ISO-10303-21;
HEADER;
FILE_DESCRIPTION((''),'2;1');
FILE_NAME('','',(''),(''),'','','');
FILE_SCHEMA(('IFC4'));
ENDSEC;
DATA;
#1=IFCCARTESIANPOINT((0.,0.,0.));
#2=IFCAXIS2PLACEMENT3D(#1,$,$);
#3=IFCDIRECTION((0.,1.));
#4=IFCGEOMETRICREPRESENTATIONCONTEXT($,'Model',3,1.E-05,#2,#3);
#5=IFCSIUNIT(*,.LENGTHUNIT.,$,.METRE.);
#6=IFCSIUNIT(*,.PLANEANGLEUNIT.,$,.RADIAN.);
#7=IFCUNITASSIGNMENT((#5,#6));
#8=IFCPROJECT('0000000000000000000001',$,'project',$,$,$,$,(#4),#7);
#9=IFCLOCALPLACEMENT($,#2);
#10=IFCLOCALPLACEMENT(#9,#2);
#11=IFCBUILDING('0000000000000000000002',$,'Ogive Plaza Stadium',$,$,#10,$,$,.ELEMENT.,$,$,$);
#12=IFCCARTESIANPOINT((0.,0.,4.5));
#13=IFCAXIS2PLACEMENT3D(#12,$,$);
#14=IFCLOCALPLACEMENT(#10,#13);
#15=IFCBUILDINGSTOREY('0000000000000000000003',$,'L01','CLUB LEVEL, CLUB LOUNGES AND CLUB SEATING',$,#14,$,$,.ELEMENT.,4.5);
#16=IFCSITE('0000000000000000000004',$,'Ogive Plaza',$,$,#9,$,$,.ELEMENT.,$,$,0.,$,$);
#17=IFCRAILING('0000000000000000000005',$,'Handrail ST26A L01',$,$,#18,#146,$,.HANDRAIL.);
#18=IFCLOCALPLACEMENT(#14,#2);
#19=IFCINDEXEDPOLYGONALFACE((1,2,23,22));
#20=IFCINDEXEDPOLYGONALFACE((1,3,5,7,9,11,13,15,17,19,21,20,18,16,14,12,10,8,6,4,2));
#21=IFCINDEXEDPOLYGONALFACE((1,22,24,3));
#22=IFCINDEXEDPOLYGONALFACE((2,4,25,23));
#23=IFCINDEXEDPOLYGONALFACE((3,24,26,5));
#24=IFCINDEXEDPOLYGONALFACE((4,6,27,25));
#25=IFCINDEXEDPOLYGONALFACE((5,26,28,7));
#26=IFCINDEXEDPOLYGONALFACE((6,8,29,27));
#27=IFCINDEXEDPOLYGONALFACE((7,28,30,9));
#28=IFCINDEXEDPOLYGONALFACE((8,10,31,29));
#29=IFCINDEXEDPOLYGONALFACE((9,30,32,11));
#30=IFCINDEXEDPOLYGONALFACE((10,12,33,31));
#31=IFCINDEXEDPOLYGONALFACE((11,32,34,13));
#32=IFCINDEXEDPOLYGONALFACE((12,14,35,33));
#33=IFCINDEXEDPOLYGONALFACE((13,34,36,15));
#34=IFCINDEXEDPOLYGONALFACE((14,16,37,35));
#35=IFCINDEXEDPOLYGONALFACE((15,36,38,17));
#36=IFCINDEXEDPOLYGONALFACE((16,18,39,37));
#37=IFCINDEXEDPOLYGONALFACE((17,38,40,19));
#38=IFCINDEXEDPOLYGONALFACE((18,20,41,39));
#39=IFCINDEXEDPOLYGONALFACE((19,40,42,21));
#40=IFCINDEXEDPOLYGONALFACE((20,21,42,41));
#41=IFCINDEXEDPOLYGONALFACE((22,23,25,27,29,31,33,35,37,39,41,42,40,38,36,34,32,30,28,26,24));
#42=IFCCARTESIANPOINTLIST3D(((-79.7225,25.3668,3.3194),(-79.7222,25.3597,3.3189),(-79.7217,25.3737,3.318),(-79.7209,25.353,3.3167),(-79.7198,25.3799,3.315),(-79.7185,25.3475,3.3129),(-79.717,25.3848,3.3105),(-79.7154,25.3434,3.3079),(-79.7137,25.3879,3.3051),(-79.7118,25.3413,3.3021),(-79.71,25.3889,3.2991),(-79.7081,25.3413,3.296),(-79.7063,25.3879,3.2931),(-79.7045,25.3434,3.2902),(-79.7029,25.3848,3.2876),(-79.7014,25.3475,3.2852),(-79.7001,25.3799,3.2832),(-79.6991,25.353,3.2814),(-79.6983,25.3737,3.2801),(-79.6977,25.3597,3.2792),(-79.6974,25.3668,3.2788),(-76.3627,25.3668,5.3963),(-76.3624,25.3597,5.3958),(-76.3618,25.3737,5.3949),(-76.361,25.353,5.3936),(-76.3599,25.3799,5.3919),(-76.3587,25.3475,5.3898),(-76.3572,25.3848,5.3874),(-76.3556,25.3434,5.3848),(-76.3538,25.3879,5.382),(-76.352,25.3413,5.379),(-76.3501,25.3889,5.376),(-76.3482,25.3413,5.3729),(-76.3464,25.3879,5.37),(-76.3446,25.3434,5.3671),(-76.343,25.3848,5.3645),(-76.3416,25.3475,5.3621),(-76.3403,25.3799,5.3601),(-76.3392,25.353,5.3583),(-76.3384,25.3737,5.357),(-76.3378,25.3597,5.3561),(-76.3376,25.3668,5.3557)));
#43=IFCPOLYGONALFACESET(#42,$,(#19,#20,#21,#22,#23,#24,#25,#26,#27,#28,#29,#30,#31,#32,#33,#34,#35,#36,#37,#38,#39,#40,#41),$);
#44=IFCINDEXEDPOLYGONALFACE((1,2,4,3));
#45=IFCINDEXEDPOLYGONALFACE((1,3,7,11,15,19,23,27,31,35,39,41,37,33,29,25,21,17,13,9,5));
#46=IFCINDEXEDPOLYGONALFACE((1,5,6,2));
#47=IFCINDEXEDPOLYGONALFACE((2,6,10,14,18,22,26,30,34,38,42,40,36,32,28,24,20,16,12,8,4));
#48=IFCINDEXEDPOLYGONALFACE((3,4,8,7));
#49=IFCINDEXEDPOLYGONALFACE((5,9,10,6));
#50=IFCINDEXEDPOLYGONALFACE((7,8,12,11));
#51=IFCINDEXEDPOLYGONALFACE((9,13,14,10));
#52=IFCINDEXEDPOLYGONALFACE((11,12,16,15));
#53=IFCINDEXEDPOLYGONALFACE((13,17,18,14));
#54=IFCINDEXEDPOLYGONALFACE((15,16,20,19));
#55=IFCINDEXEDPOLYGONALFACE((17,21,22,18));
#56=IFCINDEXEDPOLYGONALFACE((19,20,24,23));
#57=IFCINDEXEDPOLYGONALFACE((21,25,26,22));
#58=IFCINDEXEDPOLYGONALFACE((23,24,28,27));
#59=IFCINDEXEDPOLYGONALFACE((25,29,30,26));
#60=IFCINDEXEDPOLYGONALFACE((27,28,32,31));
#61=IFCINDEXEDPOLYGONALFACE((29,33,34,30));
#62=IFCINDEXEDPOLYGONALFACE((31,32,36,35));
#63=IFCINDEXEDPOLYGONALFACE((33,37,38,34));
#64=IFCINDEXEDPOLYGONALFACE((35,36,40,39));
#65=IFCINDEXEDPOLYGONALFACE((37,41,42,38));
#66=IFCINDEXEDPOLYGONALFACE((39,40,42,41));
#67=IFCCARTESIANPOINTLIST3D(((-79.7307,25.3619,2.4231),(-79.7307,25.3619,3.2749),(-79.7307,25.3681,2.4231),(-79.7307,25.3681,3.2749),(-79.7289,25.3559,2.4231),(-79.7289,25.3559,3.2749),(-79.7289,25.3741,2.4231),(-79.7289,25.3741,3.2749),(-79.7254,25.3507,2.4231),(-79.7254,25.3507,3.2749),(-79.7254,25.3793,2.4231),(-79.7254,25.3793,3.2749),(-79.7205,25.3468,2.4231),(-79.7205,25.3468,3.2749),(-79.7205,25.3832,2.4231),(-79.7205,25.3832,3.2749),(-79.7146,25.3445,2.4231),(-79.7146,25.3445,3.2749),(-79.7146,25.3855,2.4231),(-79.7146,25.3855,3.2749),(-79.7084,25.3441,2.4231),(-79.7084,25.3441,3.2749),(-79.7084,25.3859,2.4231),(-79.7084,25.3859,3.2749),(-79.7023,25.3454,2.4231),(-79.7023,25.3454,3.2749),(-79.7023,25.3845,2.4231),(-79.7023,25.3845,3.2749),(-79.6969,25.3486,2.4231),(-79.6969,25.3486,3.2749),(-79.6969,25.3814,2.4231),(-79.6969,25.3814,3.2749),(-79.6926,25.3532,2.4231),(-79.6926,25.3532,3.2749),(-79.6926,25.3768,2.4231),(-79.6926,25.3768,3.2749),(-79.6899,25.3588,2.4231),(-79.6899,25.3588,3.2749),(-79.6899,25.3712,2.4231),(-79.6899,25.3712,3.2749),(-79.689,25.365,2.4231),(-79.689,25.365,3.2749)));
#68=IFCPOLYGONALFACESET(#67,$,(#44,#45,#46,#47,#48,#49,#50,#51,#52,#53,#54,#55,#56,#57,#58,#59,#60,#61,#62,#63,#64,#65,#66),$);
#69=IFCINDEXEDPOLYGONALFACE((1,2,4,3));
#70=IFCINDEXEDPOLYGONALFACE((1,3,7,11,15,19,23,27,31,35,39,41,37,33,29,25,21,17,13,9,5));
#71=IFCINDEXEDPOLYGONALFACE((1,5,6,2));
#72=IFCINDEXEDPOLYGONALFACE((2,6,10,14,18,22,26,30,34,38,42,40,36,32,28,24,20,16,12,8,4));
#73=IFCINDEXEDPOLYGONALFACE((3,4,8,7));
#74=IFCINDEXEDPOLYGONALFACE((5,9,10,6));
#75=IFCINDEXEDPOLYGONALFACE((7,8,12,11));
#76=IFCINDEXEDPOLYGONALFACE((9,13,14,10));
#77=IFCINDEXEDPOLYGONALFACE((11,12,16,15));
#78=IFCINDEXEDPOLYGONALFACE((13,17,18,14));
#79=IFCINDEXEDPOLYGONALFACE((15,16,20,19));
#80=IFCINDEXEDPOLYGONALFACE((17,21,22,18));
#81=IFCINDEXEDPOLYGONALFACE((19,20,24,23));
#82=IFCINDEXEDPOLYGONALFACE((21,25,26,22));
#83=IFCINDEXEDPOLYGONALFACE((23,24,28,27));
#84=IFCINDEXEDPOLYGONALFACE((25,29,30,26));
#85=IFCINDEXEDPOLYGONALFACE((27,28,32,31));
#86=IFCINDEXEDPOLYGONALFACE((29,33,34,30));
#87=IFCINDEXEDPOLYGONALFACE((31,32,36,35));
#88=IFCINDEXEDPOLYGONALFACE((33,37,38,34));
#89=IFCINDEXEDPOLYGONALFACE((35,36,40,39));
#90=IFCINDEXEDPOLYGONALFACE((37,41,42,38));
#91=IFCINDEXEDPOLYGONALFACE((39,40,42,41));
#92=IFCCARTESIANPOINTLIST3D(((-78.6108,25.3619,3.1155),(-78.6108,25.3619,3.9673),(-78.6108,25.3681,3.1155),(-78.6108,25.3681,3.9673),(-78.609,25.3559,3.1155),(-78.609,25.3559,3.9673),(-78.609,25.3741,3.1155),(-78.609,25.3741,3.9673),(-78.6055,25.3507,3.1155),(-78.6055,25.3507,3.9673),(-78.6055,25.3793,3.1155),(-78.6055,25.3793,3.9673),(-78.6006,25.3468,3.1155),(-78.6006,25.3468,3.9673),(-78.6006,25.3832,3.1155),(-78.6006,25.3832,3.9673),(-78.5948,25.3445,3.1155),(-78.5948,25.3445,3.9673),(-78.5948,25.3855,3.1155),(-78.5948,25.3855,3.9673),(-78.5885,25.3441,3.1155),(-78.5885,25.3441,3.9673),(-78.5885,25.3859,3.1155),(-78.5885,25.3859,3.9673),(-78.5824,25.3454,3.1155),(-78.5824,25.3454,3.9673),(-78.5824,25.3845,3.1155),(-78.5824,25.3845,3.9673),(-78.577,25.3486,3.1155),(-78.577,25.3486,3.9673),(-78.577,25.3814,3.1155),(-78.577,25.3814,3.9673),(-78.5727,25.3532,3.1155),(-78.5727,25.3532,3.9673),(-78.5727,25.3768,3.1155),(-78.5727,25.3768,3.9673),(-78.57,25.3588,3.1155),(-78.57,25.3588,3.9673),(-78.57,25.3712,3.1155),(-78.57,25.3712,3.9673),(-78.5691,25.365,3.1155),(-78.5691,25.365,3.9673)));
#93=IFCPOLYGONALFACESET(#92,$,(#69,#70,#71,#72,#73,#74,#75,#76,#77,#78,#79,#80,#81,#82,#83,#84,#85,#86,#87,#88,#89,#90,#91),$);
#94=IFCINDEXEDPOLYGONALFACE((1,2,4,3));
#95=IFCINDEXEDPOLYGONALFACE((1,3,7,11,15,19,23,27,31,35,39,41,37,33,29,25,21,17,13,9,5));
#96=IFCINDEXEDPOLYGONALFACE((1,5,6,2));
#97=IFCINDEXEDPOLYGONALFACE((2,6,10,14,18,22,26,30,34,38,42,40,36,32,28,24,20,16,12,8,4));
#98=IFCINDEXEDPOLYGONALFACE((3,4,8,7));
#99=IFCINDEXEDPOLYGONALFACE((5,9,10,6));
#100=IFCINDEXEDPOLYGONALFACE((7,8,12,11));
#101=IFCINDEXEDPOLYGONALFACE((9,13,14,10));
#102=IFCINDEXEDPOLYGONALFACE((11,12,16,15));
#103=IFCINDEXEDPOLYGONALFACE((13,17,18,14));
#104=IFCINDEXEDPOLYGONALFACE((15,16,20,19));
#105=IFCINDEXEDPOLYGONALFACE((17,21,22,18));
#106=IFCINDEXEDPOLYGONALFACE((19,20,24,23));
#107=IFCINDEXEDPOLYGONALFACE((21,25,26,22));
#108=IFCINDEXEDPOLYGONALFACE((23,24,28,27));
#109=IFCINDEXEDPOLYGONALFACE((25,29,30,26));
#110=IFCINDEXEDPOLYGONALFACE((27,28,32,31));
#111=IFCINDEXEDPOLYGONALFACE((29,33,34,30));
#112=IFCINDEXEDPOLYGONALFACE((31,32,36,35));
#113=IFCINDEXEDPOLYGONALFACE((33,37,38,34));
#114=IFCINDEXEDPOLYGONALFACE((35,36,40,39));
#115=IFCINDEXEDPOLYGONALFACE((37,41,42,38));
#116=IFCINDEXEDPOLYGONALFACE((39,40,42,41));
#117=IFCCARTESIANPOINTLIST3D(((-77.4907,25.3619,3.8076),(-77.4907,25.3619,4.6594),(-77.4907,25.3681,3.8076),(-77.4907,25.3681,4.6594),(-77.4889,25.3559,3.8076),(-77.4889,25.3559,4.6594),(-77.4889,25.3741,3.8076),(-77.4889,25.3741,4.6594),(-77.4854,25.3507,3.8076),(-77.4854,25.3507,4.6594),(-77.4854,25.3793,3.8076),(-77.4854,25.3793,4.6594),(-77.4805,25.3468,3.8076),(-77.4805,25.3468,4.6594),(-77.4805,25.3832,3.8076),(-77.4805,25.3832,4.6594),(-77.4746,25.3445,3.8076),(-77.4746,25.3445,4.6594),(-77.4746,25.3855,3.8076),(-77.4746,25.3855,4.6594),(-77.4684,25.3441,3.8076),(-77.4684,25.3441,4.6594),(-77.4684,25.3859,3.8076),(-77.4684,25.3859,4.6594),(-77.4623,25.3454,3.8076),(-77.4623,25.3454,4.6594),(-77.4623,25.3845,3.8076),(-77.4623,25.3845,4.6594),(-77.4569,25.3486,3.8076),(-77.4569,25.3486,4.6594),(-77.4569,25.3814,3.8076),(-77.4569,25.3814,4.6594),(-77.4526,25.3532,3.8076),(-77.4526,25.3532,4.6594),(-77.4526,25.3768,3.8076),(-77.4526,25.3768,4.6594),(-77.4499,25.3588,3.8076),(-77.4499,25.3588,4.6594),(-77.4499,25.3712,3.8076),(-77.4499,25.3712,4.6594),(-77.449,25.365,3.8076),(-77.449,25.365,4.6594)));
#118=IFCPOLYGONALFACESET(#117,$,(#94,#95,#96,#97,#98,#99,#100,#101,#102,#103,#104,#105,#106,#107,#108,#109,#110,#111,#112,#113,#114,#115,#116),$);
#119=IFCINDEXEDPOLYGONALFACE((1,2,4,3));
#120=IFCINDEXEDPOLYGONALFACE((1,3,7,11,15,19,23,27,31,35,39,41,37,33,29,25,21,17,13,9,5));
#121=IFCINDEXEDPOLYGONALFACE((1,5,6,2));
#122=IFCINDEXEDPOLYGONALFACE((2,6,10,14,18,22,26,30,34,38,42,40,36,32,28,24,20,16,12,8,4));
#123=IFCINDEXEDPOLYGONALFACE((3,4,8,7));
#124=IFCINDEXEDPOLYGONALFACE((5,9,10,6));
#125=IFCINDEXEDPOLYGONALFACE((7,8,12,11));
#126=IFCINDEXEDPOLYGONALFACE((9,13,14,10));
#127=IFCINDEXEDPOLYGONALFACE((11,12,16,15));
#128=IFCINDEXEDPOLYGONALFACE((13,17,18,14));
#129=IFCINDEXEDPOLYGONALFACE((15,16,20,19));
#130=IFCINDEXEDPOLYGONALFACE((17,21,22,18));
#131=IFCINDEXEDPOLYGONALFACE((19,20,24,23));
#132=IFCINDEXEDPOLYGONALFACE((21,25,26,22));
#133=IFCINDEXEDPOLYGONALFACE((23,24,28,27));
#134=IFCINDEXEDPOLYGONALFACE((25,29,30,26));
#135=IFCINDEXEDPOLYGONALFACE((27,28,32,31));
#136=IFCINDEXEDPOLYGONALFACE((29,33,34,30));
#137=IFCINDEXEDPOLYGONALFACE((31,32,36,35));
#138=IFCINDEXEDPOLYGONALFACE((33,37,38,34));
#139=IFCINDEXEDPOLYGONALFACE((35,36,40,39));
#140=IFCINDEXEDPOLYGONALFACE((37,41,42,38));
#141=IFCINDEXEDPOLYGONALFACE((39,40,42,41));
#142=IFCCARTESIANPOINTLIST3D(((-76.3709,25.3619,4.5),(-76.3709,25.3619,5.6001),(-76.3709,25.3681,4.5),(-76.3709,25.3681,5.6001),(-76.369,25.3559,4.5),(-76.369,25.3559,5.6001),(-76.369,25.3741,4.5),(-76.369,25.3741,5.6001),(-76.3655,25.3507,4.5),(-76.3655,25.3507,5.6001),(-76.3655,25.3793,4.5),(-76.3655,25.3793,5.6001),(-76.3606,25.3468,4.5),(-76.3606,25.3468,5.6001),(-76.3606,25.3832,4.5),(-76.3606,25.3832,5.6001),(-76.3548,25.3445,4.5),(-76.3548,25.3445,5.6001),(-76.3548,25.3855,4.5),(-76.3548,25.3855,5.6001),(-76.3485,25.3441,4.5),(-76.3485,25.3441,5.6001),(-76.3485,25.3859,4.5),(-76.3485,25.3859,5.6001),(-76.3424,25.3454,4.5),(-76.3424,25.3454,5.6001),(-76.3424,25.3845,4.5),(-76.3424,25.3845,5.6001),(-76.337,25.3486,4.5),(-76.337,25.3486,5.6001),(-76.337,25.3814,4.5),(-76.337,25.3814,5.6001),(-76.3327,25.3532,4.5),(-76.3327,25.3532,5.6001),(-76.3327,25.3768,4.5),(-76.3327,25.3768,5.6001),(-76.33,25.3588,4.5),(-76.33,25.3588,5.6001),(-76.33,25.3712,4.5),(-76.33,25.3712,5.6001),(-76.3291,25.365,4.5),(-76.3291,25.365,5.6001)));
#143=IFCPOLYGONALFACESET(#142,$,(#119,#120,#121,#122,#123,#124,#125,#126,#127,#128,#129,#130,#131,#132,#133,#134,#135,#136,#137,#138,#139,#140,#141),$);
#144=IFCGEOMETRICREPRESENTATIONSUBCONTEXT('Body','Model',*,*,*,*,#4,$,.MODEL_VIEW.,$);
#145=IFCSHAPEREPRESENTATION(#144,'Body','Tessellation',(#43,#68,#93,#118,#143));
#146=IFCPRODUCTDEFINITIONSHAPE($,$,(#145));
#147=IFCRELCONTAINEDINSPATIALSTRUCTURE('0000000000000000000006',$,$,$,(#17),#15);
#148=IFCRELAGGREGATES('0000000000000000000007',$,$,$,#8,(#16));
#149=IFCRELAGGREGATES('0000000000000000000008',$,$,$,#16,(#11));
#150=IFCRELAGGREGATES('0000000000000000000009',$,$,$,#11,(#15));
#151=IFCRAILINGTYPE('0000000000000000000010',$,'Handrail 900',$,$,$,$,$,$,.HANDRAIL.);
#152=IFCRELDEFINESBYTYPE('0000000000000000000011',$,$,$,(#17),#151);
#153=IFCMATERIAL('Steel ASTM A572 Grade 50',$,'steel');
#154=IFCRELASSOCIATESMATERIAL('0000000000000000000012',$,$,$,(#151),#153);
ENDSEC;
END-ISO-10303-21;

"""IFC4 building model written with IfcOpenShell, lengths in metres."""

from ifc_helpers import new_model, si_unit, direction, frame, origin, origin_2d, place, context, subcontext, project, spatial, circle, extrude, material, type_object, element, save


model = new_model("IFC4")

# Units and contexts
model_context = context("Model", 3, precision=1e-05, world=origin(), true_north=direction((0.0, 1.0)))
body_context = subcontext(model_context, "Body", "Model", "MODEL_VIEW")
ifc_project = project(units=[si_unit("LENGTHUNIT", "METRE"), si_unit("PLANEANGLEUNIT", "RADIAN")], contexts=[model_context])

# Site, building, storey
site_placement = place(None, origin())
site = spatial("IfcSite", under=ifc_project, at=site_placement, Name="Ogive Plaza", CompositionType="ELEMENT", RefElevation=0.0)
building_placement = place(site_placement, origin())
building = spatial("IfcBuilding", under=site, at=building_placement, Name="Ogive Plaza Stadium", CompositionType="ELEMENT")
storey_placement = place(building_placement, frame((0.0, 0.0, 4.5)))
storey = spatial("IfcBuildingStorey", under=building, at=storey_placement, Name="L01", Description="CLUB LEVEL, CLUB LOUNGES AND CLUB SEATING", CompositionType="ELEMENT", Elevation=4.5)

# Railing
ifc_material_1 = material(Name="Steel ASTM A572 Grade 50", Category="steel")
railing_type_1 = type_object("IfcRailingType", Name="Handrail 900", PredefinedType="HANDRAIL", material=ifc_material_1)
for number, where, name in (
    (1, (-79.71, 25.365, 2.4231), "Handrail ST26A L01"),
):
    element("IfcRailing", number, at=place(storey_placement, frame(where)), inside=storey, type_object=railing_type_1, Name=name, PredefinedType="HANDRAIL", context=body_context, shape_type="SweptSolid", body=[
        extrude(circle(Radius=0.0239, at=origin_2d()), frame((0.0, 0.0, 0.876), z_axis=(0.850606, 0.0, 0.525803), x_axis=(0.0, 1.0, 0.0)), (0.0, 0.0, 1.0), 3.95),
        extrude(circle(Radius=0.021, at=origin_2d()), origin(), (0.0, 0.0, 1.0), 0.8518),
        extrude(circle(Radius=0.021, at=origin_2d()), frame((1.1199, 0.0, 0.6924)), (0.0, 0.0, 1.0), 0.8518),
        extrude(circle(Radius=0.021, at=origin_2d()), frame((2.24, 0.0, 1.3845)), (0.0, 0.0, 1.0), 0.8518),
        extrude(circle(Radius=0.021, at=origin_2d()), frame((3.3599, 0.0, 2.0769)), (0.0, 0.0, 1.0), 1.1001),
    ])

save(model, "model.ifc")
